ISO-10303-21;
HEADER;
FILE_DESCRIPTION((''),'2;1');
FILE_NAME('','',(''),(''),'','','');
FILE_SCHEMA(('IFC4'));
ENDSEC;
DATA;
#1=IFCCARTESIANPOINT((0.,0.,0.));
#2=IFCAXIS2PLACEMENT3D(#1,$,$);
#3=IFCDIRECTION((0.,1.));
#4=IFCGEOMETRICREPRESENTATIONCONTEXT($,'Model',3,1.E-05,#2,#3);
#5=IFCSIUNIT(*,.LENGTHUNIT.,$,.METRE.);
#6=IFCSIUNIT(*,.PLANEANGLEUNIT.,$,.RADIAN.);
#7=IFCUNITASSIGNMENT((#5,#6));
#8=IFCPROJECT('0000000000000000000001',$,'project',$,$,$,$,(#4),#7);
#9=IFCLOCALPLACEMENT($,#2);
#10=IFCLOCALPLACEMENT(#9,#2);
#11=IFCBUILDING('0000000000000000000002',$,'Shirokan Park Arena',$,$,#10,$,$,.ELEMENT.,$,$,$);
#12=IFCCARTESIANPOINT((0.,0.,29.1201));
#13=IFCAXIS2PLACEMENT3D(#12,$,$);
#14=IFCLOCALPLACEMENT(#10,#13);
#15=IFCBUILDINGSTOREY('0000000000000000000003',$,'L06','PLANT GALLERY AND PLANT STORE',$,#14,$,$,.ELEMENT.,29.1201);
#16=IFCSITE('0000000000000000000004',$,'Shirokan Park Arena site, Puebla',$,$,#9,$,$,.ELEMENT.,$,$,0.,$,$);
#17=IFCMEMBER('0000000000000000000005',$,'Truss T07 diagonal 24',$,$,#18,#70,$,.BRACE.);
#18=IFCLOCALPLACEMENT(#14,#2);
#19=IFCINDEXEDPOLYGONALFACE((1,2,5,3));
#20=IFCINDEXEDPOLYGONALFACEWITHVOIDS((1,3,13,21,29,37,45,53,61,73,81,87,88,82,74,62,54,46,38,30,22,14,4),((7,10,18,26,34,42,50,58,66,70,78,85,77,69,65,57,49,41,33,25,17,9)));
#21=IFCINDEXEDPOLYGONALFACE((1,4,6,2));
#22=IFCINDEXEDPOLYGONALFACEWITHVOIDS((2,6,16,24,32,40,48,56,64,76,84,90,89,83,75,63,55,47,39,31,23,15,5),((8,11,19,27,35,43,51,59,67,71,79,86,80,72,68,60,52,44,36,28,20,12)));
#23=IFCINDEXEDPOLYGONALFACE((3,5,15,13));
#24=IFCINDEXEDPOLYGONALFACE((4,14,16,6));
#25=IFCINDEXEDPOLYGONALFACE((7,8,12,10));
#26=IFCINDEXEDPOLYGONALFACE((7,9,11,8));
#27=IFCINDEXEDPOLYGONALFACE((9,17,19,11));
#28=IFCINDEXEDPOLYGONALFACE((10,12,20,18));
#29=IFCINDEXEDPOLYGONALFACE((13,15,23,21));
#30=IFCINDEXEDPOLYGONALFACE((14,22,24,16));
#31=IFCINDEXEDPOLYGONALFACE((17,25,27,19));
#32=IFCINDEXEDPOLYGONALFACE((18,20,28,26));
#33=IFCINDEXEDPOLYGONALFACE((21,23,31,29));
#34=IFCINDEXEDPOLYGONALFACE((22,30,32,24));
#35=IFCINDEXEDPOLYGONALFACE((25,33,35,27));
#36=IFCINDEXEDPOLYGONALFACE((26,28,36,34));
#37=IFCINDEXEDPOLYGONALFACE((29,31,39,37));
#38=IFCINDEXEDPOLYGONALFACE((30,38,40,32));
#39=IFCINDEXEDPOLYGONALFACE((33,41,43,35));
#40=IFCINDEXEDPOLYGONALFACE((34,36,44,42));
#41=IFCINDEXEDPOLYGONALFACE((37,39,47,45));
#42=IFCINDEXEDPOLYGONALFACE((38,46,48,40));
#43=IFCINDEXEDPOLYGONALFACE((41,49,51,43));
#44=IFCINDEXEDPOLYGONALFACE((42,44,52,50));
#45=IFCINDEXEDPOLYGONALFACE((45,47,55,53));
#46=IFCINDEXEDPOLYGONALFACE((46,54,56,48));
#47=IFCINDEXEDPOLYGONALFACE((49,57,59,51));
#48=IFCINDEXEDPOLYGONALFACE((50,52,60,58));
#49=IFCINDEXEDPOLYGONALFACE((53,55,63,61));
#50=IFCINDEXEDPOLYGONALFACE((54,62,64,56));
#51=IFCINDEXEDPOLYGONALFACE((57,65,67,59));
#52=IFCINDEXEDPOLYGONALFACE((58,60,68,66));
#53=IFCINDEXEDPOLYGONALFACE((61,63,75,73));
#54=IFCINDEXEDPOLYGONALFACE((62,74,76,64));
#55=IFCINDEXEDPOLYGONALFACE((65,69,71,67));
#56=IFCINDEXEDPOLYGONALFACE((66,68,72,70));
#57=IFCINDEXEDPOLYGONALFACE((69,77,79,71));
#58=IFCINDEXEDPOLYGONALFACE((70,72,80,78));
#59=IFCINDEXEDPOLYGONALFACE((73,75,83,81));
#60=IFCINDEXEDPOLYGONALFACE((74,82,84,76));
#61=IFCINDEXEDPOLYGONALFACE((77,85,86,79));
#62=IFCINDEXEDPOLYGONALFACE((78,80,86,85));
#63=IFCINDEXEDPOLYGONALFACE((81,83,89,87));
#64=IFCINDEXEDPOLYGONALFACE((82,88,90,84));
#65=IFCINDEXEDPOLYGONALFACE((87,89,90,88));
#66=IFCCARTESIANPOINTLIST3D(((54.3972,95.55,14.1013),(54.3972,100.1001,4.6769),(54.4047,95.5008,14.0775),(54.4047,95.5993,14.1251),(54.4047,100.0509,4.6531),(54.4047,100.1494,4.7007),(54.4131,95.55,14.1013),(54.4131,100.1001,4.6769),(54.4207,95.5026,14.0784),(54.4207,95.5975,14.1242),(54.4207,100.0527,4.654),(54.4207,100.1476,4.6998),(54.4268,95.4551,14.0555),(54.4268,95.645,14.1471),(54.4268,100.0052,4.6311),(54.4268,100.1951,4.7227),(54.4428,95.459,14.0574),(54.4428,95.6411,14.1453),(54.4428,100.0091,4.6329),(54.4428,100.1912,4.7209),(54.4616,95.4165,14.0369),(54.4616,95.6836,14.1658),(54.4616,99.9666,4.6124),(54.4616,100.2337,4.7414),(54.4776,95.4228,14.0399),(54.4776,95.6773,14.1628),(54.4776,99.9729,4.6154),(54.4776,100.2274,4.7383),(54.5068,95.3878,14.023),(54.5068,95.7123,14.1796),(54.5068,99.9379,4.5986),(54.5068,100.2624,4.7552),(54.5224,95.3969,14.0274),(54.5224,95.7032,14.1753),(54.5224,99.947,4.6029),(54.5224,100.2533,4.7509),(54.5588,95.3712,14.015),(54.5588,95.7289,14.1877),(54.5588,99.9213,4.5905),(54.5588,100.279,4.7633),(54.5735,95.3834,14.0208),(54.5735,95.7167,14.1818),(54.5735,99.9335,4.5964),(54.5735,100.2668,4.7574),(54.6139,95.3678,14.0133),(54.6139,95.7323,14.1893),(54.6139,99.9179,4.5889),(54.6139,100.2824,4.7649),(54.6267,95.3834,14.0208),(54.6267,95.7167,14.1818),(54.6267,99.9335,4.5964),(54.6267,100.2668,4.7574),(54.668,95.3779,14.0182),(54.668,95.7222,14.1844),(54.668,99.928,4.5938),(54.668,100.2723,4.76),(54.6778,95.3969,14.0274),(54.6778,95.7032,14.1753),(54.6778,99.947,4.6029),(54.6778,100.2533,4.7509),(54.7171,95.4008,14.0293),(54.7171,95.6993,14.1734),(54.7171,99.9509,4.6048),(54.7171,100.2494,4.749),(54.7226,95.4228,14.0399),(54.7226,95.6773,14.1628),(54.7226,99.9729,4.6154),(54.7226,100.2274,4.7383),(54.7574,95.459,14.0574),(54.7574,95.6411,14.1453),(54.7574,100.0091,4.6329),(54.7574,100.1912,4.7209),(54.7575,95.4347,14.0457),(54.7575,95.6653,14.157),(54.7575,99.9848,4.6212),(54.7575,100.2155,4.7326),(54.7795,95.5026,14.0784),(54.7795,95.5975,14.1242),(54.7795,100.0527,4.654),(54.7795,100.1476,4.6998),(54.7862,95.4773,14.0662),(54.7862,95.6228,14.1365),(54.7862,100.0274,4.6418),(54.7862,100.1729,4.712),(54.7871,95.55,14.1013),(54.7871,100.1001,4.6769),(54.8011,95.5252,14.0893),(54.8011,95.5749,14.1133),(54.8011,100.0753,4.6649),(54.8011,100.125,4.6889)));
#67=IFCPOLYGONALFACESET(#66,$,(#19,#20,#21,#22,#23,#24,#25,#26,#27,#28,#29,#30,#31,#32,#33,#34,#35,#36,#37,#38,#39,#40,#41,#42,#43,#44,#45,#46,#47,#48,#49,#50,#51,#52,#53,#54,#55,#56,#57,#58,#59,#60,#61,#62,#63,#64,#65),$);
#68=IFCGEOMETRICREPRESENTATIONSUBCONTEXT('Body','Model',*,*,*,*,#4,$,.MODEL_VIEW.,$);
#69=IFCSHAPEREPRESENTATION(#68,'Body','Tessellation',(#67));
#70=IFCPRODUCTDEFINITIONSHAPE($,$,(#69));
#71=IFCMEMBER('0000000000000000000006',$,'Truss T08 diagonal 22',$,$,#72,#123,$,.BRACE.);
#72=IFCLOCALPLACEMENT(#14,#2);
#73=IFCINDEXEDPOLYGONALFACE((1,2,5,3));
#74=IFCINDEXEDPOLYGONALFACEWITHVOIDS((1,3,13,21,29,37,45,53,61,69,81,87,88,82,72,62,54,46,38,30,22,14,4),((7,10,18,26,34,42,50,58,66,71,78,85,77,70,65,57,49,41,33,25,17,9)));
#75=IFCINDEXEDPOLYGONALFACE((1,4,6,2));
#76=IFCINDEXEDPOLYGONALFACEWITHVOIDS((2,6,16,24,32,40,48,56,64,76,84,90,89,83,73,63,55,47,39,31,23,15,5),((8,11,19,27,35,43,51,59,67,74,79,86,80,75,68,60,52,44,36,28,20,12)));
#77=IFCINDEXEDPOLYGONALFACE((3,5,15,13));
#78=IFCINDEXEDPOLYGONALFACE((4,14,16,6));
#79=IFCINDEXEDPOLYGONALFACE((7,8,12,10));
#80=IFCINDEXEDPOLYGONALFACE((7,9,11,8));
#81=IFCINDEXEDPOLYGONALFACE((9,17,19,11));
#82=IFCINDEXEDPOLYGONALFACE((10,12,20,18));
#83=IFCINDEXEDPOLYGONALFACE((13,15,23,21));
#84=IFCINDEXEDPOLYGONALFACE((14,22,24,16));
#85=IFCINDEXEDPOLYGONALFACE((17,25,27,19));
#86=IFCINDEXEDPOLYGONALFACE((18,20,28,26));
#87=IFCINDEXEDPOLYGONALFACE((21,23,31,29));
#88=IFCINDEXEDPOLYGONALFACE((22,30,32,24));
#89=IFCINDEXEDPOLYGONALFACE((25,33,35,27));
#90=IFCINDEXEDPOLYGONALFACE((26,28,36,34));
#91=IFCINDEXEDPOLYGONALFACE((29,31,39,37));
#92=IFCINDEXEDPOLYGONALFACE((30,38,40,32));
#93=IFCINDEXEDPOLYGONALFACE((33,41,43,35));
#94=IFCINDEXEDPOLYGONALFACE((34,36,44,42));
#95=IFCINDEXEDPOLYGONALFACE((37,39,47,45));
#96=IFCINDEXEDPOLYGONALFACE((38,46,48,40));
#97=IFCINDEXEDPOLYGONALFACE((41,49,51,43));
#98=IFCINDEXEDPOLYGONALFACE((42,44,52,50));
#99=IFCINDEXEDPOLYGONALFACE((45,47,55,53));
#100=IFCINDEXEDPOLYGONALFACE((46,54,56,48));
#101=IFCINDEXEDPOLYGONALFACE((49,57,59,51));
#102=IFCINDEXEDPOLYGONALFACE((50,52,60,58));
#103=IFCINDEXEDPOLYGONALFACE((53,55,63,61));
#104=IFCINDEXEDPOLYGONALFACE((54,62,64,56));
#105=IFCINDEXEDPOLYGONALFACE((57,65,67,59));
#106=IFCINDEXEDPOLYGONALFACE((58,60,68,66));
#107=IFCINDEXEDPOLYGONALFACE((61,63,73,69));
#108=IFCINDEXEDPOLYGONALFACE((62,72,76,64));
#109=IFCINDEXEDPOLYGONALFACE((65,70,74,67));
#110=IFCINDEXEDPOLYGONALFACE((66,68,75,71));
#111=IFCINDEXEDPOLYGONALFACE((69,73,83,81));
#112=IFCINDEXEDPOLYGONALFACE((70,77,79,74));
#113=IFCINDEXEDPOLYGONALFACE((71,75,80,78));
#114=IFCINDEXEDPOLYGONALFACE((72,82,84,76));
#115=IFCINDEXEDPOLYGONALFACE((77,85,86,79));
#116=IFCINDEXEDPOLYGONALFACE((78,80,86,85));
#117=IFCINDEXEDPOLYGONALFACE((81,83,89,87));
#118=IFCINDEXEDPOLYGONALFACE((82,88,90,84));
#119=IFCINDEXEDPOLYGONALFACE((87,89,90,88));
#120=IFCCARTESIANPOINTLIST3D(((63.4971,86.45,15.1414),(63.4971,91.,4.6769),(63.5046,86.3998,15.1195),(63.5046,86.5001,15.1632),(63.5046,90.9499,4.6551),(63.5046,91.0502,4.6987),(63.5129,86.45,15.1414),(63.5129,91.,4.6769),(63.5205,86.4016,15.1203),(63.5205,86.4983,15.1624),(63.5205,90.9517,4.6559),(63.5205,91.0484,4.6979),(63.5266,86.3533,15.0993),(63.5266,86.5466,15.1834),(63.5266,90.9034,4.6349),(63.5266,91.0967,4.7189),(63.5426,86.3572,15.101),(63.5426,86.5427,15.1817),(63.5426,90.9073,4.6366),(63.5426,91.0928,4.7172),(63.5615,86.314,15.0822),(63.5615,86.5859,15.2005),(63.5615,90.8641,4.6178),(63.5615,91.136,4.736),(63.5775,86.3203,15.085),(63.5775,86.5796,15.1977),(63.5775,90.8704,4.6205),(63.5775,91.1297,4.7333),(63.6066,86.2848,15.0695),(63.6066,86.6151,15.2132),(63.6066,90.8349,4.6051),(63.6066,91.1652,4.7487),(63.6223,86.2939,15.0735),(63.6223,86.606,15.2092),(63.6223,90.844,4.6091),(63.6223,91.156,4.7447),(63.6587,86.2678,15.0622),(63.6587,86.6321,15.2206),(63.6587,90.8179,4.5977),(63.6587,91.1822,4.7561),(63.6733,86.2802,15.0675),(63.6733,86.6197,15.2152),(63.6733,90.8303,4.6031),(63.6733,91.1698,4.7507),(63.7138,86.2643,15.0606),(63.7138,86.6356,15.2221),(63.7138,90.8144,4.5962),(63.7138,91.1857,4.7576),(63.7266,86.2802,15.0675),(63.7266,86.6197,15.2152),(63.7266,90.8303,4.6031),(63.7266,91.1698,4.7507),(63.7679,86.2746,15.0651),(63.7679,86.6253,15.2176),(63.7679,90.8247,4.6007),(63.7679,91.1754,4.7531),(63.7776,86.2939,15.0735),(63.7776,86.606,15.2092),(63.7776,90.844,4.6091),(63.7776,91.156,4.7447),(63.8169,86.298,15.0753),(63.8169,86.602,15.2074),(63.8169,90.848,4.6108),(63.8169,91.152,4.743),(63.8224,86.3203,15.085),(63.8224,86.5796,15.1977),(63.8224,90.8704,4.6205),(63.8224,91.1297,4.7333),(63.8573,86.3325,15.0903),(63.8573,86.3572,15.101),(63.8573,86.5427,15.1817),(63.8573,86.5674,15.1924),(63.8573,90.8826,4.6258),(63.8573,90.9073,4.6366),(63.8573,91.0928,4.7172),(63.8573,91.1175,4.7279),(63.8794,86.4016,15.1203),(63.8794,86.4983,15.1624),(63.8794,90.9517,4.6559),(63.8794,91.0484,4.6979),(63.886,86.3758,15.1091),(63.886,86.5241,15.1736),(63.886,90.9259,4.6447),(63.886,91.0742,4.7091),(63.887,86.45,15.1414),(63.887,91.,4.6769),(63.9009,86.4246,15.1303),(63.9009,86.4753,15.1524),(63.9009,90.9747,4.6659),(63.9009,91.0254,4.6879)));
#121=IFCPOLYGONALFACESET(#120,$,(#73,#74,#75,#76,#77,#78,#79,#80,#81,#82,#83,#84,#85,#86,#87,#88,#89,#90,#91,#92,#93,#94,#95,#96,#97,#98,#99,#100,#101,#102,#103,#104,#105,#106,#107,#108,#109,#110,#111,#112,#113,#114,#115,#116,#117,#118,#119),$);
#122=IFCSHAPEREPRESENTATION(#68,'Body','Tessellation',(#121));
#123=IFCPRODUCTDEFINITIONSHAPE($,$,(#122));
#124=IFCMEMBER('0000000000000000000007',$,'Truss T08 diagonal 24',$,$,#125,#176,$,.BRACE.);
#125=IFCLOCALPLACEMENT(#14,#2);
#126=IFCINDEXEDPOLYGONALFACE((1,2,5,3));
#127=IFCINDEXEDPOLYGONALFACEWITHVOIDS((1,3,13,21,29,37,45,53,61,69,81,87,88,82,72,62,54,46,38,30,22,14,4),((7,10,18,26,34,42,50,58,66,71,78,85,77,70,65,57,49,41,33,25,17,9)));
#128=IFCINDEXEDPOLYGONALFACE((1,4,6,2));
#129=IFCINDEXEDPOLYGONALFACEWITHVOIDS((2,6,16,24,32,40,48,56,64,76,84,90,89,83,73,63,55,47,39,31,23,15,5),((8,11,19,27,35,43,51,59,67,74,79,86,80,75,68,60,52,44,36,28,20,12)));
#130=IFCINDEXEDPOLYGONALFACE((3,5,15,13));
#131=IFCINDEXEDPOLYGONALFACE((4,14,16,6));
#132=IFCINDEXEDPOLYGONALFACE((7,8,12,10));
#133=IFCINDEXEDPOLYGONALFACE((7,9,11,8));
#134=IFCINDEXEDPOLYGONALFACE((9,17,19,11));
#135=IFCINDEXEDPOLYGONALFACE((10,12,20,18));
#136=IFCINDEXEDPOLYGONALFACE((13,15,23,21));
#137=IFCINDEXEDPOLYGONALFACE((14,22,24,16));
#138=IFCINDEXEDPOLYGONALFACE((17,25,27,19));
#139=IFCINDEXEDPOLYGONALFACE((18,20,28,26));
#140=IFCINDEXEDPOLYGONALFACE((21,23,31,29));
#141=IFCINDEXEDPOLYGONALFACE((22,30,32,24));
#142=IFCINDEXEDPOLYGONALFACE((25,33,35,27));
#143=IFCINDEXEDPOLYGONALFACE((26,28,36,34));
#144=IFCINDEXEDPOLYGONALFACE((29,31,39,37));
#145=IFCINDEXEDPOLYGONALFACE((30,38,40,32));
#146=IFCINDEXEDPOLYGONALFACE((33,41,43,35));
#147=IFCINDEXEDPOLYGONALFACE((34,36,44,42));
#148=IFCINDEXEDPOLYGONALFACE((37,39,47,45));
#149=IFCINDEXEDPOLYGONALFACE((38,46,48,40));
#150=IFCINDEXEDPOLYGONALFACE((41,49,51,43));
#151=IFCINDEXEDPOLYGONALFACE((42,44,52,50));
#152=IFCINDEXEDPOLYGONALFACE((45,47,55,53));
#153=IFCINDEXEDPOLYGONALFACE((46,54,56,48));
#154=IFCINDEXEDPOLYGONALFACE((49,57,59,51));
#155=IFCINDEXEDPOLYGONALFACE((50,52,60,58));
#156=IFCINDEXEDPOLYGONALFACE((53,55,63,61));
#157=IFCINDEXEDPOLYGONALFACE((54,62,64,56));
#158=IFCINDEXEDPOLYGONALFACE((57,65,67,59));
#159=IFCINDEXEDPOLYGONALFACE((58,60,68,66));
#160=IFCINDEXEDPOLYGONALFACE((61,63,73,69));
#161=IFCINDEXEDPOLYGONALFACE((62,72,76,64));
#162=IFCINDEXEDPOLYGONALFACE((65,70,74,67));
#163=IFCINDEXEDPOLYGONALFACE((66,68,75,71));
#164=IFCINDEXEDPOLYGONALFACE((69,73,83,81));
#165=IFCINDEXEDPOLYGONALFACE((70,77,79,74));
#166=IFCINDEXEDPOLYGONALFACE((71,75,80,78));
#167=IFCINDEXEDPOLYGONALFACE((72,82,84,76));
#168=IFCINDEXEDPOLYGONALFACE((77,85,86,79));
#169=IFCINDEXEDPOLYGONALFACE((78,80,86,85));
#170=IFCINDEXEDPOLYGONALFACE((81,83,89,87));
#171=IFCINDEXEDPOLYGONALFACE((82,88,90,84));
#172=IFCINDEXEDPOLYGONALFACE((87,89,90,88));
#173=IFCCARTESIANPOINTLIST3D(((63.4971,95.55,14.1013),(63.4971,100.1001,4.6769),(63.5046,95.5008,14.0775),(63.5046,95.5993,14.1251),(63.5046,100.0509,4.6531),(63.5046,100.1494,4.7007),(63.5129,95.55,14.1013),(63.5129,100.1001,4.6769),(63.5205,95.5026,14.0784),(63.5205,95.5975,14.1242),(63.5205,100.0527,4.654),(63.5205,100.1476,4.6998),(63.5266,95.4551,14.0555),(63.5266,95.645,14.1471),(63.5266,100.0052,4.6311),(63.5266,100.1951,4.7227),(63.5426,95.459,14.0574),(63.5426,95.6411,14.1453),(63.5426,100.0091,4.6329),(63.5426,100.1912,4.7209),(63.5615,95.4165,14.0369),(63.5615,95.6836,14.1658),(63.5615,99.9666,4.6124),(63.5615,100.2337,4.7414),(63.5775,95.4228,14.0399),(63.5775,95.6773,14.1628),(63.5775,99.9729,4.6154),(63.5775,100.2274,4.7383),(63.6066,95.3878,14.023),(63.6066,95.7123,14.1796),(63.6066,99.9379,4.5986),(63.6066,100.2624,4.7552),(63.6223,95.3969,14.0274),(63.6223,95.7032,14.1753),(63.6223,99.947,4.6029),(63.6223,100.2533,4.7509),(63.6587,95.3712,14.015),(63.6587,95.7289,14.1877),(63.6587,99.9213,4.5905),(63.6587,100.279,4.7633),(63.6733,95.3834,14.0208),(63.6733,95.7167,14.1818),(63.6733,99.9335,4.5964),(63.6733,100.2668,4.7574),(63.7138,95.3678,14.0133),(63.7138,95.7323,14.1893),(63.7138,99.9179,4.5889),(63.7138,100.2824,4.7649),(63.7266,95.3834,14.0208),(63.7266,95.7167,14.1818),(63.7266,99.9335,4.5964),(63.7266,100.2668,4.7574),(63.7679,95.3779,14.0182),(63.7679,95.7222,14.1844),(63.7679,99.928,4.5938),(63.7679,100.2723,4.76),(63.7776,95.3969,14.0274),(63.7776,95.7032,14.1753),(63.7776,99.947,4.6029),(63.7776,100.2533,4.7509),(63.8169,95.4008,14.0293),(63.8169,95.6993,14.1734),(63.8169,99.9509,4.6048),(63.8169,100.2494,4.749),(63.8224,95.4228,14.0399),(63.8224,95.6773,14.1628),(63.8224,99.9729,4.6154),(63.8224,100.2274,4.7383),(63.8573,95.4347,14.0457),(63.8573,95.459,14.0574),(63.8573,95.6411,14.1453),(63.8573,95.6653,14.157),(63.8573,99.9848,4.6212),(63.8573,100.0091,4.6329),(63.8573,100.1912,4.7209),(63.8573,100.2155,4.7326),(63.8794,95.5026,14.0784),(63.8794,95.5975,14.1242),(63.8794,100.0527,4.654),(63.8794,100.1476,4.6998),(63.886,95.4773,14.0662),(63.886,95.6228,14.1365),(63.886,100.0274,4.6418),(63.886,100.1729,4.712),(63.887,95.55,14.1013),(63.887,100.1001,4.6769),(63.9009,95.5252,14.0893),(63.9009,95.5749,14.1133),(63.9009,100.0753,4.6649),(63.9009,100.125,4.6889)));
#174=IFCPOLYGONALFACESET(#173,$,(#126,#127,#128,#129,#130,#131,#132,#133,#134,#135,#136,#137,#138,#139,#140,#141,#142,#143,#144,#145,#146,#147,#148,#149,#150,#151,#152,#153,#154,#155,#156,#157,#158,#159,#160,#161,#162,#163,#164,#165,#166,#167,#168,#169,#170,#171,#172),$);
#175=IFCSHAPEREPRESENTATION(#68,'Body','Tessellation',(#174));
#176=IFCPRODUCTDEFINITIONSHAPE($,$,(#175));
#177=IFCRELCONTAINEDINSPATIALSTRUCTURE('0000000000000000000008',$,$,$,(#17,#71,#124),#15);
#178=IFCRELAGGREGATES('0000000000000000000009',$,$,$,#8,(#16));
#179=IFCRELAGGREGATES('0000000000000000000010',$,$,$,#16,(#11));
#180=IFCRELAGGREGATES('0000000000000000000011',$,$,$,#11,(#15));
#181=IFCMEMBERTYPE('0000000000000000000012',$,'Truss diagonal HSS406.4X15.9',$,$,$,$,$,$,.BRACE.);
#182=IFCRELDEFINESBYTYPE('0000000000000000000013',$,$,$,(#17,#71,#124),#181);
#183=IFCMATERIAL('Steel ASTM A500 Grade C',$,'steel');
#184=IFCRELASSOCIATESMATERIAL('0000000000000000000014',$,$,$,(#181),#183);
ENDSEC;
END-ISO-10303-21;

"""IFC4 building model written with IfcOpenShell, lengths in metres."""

from ifc_helpers import new_model, si_unit, direction, frame, origin, origin_2d, place, context, subcontext, project, spatial, hollow_circle, extrude, material, material_profile, profile_set, type_object, element, save


model = new_model("IFC4")

# Units and contexts
model_context = context("Model", 3, precision=1e-05, world=origin(), true_north=direction((0.0, 1.0)))
body_context = subcontext(model_context, "Body", "Model", "MODEL_VIEW")
ifc_project = project(units=[si_unit("LENGTHUNIT", "METRE"), si_unit("PLANEANGLEUNIT", "RADIAN")], contexts=[model_context])

# Site, building, storey
site_placement = place(None, origin())
site = spatial("IfcSite", under=ifc_project, at=site_placement, Name="Shirokan Park Arena site, Puebla", CompositionType="ELEMENT", RefElevation=0.0)
building_placement = place(site_placement, origin())
building = spatial("IfcBuilding", under=site, at=building_placement, Name="Shirokan Park Arena", CompositionType="ELEMENT")
storey_placement = place(building_placement, frame((0.0, 0.0, 29.1201)))
storey = spatial("IfcBuildingStorey", under=building, at=storey_placement, Name="L06", Description="PLANT GALLERY AND PLANT STORE", CompositionType="ELEMENT", Elevation=29.1201)

# Members
ifc_material_1 = material(Name="Steel ASTM A500 Grade C", Category="steel")
ifc_material_profile_1 = material_profile(ifc_material_1, hollow_circle(Radius=0.2029, WallThickness=0.0159, at=origin_2d()), Name="HSS406.4X15.9")
ifc_profile_set_1 = profile_set([ifc_material_profile_1], Name="Steel ASTM A500 Grade C")
member_type_1 = type_object("IfcMemberType", Name="Truss diagonal HSS406.4X15.9", PredefinedType="BRACE", material=ifc_profile_set_1)
member_1_placement = place(storey_placement, frame((54.6001, 95.55, 14.1013), z_axis=(0.0, 0.434778, -0.900537), x_axis=(-1.0, 0.0, 0.0)))
element("IfcMember", 1, at=member_1_placement, inside=storey, type_object=member_type_1, Name="Truss T07 diagonal 24", PredefinedType="BRACE", context=body_context, shape_type="SweptSolid", body=[
    extrude(hollow_circle(Radius=0.2029, WallThickness=0.0159, at=origin_2d()), origin(), (0.0, 0.0, 1.0), 10.4653),
])
member_2_placement = place(storey_placement, frame((63.7, 86.45, 15.1414), z_axis=(0.0, 0.39875, -0.91706), x_axis=(-1.0, 0.0, 0.0)))
element("IfcMember", 2, at=member_2_placement, inside=storey, type_object=member_type_1, Name="Truss T08 diagonal 22", PredefinedType="BRACE", context=body_context, shape_type="SweptSolid", body=[
    extrude(hollow_circle(Radius=0.2029, WallThickness=0.0159, at=origin_2d()), origin(), (0.0, 0.0, 1.0), 11.4109),
])
member_3_placement = place(storey_placement, frame((63.7, 95.55, 14.1013), z_axis=(0.0, 0.434778, -0.900537), x_axis=(-1.0, 0.0, 0.0)))
element("IfcMember", 3, at=member_3_placement, inside=storey, type_object=member_type_1, Name="Truss T08 diagonal 24", PredefinedType="BRACE", context=body_context, shape_type="SweptSolid", body=[
    extrude(hollow_circle(Radius=0.2029, WallThickness=0.0159, at=origin_2d()), origin(), (0.0, 0.0, 1.0), 10.4653),
])

save(model, "model.ifc")
